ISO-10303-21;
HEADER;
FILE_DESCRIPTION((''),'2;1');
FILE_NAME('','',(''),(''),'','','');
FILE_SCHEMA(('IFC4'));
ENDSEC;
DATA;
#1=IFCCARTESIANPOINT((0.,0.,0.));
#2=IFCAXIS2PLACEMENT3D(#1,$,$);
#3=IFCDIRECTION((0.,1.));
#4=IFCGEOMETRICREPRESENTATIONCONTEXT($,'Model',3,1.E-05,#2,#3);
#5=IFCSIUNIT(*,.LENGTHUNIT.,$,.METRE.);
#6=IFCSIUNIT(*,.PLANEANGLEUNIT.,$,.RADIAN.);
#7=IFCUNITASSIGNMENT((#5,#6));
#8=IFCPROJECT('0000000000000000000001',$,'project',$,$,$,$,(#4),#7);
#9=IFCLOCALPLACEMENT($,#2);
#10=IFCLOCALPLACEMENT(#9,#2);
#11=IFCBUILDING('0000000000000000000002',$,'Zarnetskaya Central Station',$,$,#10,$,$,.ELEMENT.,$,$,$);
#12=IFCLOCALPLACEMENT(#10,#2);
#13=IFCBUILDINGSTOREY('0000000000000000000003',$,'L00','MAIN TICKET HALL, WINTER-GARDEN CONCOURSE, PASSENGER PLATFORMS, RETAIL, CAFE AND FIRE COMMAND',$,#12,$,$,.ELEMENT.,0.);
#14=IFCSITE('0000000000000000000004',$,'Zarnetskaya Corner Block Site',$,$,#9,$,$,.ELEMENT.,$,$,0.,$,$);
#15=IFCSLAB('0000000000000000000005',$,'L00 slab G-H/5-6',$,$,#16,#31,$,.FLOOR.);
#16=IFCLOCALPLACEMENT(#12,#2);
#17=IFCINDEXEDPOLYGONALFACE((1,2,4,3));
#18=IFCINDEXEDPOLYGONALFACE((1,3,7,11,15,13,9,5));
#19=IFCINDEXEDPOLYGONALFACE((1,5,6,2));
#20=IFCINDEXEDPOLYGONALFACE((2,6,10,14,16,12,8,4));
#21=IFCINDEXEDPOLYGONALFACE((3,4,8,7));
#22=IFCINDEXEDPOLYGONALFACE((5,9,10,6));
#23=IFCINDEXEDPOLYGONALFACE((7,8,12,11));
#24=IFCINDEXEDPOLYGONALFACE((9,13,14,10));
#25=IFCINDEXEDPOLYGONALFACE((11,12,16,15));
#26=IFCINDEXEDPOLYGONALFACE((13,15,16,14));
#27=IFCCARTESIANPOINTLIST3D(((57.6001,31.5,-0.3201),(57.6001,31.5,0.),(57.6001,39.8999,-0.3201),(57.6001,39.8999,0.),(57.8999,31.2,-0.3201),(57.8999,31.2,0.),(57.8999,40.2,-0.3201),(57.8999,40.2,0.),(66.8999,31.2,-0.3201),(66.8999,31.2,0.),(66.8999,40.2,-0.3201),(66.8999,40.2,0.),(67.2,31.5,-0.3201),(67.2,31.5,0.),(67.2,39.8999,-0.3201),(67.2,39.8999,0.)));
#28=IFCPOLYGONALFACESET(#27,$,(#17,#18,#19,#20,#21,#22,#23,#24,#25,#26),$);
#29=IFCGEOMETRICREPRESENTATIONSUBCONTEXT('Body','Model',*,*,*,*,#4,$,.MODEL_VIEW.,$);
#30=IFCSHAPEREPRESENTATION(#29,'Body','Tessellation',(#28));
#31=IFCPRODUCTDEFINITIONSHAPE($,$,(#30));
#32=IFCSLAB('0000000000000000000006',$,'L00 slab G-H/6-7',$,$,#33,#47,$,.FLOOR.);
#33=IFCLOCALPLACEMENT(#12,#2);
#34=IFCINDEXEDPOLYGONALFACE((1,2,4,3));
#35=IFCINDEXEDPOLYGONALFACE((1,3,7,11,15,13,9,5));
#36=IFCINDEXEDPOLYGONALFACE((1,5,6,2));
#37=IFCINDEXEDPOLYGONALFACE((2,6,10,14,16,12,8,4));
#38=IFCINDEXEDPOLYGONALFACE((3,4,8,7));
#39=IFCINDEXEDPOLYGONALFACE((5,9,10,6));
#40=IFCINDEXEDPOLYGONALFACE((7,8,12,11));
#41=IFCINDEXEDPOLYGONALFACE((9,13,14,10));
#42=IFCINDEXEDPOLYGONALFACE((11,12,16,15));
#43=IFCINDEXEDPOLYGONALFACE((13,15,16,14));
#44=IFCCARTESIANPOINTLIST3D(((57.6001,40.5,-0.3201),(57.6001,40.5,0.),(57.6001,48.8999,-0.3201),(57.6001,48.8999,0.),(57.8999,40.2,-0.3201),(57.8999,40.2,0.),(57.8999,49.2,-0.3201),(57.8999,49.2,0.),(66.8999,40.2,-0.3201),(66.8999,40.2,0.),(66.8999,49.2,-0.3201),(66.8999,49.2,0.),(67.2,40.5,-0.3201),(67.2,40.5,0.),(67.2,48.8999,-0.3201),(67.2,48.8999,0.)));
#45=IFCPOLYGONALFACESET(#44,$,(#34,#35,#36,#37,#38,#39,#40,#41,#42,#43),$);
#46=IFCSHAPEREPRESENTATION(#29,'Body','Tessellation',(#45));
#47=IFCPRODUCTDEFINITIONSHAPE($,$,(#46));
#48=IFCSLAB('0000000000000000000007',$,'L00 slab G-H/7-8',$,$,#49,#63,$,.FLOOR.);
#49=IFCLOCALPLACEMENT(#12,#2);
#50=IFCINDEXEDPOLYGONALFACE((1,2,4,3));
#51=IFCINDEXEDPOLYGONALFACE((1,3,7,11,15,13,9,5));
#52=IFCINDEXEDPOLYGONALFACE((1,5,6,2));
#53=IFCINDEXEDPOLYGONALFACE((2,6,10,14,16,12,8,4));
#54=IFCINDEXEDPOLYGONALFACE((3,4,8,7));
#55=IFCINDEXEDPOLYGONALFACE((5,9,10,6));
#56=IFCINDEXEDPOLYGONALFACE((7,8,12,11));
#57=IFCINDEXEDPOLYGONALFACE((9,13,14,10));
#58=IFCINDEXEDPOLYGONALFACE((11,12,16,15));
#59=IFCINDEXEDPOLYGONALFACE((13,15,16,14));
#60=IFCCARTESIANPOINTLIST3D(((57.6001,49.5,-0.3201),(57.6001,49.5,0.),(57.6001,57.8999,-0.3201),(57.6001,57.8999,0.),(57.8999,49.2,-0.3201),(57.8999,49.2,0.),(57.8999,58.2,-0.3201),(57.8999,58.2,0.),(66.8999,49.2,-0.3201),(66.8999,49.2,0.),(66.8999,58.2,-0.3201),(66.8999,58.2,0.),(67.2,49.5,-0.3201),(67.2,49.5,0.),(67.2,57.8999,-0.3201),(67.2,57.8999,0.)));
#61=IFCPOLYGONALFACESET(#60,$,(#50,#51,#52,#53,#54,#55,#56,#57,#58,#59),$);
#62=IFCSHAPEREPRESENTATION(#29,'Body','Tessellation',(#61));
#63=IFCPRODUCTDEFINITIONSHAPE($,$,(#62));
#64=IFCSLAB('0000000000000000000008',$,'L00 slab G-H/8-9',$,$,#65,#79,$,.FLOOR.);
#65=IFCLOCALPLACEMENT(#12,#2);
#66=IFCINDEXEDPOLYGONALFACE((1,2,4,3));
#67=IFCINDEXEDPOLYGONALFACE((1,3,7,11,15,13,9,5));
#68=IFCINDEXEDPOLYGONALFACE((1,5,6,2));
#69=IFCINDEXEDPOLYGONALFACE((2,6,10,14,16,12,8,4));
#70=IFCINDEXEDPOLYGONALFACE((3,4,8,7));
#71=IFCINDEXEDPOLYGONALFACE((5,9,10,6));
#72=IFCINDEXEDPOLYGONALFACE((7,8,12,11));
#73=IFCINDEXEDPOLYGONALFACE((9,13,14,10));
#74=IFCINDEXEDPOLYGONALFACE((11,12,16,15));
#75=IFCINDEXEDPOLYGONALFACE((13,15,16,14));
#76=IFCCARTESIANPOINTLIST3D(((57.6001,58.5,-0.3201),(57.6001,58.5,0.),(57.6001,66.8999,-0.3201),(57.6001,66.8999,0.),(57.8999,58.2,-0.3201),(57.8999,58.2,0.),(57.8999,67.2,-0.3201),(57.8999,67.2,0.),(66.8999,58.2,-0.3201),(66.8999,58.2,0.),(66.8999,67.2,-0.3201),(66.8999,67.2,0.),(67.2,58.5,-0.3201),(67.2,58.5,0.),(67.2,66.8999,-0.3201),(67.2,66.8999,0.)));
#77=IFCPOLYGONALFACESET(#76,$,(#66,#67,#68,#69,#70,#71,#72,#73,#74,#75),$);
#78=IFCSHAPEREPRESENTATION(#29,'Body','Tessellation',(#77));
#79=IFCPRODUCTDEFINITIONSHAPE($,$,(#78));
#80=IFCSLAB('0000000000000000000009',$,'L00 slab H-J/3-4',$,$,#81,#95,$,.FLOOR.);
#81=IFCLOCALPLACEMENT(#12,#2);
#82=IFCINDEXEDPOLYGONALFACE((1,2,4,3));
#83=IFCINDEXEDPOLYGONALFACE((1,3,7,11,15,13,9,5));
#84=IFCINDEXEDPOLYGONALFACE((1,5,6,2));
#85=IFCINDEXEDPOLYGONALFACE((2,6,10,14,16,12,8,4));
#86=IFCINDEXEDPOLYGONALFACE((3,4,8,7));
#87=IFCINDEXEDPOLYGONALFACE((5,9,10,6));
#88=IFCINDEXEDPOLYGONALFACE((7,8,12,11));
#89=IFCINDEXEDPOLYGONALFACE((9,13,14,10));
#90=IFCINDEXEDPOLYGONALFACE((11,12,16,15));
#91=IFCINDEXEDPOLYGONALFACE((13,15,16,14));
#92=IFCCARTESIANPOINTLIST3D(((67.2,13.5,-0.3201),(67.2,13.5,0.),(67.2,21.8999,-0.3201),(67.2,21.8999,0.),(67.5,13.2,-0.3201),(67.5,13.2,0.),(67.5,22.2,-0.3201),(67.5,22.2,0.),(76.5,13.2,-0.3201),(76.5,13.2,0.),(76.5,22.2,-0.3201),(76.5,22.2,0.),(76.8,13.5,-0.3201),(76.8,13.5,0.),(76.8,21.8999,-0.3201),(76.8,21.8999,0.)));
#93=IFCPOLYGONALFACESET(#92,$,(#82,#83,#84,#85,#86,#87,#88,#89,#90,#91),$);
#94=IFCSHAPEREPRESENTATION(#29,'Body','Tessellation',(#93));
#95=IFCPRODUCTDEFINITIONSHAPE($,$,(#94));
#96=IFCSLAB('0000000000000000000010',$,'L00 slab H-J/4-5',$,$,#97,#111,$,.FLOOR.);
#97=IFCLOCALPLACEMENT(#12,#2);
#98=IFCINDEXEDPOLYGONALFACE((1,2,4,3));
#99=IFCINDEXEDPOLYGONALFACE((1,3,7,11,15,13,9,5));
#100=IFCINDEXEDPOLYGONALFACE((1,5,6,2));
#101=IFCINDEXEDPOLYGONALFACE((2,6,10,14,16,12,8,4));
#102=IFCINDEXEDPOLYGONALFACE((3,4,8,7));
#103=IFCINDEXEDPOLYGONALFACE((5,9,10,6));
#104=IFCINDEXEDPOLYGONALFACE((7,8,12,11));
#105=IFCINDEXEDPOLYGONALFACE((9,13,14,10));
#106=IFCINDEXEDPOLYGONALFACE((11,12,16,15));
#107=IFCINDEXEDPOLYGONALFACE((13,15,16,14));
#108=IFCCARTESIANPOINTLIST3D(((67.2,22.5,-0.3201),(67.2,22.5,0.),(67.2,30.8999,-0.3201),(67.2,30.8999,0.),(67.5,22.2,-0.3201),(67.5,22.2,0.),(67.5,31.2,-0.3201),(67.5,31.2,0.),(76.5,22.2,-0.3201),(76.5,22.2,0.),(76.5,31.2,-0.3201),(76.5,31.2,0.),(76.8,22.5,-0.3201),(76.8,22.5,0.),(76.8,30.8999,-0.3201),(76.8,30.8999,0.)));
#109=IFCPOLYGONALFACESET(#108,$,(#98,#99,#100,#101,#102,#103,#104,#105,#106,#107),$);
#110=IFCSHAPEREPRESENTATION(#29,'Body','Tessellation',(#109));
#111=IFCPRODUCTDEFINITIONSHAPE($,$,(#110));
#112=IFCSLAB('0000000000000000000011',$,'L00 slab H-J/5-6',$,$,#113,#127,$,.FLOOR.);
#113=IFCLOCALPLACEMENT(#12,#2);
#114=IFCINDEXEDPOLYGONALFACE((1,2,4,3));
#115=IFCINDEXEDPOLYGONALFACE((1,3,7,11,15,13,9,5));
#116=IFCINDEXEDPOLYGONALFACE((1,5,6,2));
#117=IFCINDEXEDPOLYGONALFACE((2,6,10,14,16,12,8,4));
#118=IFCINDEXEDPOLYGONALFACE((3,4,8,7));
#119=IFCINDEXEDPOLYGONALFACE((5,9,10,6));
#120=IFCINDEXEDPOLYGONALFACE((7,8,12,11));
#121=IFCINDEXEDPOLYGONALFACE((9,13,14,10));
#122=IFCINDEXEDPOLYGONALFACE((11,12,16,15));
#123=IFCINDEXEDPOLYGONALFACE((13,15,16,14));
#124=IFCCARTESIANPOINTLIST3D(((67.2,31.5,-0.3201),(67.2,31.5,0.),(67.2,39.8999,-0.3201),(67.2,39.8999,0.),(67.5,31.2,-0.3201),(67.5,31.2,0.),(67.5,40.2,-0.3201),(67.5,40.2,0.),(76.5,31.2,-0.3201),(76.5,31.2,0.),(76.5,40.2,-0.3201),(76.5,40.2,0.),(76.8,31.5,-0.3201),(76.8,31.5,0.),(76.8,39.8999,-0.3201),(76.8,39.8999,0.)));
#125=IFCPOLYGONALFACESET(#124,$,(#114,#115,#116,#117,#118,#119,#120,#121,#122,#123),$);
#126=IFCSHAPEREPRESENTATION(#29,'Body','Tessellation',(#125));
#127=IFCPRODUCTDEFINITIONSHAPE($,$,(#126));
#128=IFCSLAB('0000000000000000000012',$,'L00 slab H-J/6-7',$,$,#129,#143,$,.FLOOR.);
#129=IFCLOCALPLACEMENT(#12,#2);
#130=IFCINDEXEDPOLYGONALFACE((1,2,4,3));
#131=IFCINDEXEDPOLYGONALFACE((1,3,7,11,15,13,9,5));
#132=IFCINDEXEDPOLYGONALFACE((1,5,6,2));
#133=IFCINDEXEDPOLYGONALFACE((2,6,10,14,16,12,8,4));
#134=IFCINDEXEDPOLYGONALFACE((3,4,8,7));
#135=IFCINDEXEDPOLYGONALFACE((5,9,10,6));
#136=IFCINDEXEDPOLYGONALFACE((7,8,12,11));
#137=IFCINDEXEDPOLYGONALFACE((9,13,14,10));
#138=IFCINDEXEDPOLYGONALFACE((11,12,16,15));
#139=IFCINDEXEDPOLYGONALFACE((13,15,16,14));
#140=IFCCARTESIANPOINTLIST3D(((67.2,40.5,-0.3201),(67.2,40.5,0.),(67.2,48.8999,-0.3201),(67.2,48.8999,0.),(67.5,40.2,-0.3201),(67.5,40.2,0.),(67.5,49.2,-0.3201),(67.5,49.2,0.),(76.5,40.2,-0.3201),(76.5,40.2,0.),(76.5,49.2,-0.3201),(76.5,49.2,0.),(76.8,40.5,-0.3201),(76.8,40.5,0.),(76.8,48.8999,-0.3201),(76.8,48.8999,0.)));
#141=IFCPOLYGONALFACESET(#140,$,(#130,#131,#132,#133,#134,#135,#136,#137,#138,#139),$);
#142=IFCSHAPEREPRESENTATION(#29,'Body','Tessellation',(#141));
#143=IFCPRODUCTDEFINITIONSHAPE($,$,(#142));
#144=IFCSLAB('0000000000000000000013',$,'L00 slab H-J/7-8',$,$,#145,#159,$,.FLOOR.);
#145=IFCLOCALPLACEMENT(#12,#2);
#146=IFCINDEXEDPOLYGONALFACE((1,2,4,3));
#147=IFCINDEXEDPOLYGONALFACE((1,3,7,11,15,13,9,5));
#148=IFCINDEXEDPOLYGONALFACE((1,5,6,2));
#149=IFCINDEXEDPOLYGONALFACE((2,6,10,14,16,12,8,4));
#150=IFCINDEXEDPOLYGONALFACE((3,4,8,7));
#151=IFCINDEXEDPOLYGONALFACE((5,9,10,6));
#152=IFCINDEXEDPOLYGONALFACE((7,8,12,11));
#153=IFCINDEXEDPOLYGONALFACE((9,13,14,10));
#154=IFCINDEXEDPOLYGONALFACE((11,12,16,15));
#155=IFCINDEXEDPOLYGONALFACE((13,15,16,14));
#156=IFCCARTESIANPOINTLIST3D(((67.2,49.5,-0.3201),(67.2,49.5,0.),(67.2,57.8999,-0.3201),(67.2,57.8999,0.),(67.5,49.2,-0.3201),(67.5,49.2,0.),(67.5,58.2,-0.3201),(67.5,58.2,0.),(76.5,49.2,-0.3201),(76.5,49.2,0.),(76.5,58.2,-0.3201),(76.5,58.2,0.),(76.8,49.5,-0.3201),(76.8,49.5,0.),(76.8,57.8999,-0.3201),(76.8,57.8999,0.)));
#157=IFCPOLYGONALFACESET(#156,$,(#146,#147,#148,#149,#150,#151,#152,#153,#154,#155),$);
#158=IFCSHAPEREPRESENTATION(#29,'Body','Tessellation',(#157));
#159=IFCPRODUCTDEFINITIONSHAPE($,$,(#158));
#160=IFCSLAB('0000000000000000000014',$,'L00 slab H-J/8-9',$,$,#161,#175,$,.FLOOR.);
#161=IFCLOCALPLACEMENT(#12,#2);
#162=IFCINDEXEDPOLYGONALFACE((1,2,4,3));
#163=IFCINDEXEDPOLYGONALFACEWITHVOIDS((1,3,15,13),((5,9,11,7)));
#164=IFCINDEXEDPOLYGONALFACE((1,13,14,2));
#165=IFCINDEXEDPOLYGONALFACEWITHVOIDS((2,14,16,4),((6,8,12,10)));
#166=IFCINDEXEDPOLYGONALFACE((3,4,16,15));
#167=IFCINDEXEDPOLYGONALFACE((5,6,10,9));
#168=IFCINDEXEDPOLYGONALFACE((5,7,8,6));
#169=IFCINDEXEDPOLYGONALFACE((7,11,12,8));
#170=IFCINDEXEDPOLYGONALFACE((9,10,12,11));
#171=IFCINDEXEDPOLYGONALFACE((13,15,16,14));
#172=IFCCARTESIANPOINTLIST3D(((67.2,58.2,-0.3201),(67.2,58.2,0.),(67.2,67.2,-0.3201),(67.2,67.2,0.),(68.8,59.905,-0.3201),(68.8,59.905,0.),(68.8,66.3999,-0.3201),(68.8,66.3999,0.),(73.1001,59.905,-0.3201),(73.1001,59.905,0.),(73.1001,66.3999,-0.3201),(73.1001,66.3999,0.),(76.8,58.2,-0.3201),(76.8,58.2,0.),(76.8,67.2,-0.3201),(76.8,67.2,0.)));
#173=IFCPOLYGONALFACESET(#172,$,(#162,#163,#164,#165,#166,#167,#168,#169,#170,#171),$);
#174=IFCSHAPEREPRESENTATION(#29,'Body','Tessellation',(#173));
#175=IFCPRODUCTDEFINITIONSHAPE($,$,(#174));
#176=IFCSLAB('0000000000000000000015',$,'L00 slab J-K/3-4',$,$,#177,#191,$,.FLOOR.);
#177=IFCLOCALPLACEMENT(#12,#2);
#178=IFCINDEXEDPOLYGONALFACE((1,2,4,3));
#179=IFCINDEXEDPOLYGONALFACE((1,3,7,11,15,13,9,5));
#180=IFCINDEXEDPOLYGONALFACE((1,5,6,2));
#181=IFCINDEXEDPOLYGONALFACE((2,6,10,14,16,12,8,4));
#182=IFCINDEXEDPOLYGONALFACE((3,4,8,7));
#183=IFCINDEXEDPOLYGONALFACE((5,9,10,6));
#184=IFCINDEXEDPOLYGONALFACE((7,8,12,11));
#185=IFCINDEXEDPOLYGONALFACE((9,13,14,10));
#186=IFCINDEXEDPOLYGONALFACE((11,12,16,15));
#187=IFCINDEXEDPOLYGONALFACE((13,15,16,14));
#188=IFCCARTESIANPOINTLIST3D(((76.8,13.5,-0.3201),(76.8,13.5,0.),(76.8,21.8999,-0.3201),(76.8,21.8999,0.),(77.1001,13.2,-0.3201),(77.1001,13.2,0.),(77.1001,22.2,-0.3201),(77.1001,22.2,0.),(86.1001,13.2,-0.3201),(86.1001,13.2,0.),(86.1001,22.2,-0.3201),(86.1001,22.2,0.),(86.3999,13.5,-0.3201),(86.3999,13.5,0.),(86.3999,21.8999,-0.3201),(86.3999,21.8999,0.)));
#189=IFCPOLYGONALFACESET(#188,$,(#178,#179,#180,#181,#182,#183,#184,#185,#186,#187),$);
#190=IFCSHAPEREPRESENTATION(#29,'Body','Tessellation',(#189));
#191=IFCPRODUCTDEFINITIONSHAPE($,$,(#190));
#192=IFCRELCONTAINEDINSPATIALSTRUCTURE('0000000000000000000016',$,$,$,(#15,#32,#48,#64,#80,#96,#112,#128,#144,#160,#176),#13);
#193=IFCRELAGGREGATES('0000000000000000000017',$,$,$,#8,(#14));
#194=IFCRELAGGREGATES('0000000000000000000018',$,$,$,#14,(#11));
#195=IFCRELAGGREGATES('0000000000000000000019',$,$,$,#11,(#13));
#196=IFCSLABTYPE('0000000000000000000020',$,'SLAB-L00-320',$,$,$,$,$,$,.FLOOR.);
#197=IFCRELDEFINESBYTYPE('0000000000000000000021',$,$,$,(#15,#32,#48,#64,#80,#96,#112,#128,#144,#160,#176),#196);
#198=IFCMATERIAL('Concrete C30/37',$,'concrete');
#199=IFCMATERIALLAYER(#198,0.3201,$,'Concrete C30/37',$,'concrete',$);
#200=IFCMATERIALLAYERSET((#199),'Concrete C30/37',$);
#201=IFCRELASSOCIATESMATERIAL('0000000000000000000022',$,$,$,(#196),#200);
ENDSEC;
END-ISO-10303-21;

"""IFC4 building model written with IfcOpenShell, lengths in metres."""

from ifc_helpers import new_model, si_unit, direction, frame, origin, place, context, subcontext, project, spatial, polyline, outline, extrude, material, layer, layer_set, type_object, element, save


model = new_model("IFC4")

# Units and contexts
model_context = context("Model", 3, precision=1e-05, world=origin(), true_north=direction((0.0, 1.0)))
body_context = subcontext(model_context, "Body", "Model", "MODEL_VIEW")
ifc_project = project(units=[si_unit("LENGTHUNIT", "METRE"), si_unit("PLANEANGLEUNIT", "RADIAN")], contexts=[model_context])

# Site, building, storey
site_placement = place(None, origin())
site = spatial("IfcSite", under=ifc_project, at=site_placement, Name="Zarnetskaya Corner Block Site", CompositionType="ELEMENT", RefElevation=0.0)
building_placement = place(site_placement, origin())
building = spatial("IfcBuilding", under=site, at=building_placement, Name="Zarnetskaya Central Station", CompositionType="ELEMENT")
storey_placement = place(building_placement, origin())
storey = spatial("IfcBuildingStorey", under=building, at=storey_placement, Name="L00", Description="MAIN TICKET HALL, WINTER-GARDEN CONCOURSE, PASSENGER PLATFORMS, RETAIL, CAFE AND FIRE COMMAND", CompositionType="ELEMENT", Elevation=0.0)

# Slabs
ifc_material = material(Name="Concrete C30/37", Category="concrete")
ifc_layer = layer(ifc_material, 0.3201, Name="Concrete C30/37", Category="concrete")
ifc_layer_set = layer_set([ifc_layer], Name="Concrete C30/37")
slab_type = type_object("IfcSlabType", Name="SLAB-L00-320", PredefinedType="FLOOR", material=ifc_layer_set)
slab_1_placement = place(storey_placement, frame((0.0, 0.0, -0.3201)))
element("IfcSlab", 1, at=slab_1_placement, inside=storey, type_object=slab_type, Name="L00 slab G-H/5-6", PredefinedType="FLOOR", context=body_context, shape_type="SweptSolid", body=[
    extrude(outline(polyline([(57.8999, 31.2), (66.8999, 31.2), (67.2, 31.5), (67.2, 39.8999), (66.8999, 40.2), (57.8999, 40.2), (57.6001, 39.8999), (57.6001, 31.5), (57.8999, 31.2)])), origin(), (0.0, 0.0, 1.0), 0.3201),
])
slab_2_placement = place(storey_placement, frame((0.0, 0.0, -0.3201)))
element("IfcSlab", 2, at=slab_2_placement, inside=storey, type_object=slab_type, Name="L00 slab G-H/6-7", PredefinedType="FLOOR", context=body_context, shape_type="SweptSolid", body=[
    extrude(outline(polyline([(57.8999, 40.2), (66.8999, 40.2), (67.2, 40.5), (67.2, 48.8999), (66.8999, 49.2), (57.8999, 49.2), (57.6001, 48.8999), (57.6001, 40.5), (57.8999, 40.2)])), origin(), (0.0, 0.0, 1.0), 0.3201),
])
slab_3_placement = place(storey_placement, frame((0.0, 0.0, -0.3201)))
element("IfcSlab", 3, at=slab_3_placement, inside=storey, type_object=slab_type, Name="L00 slab G-H/7-8", PredefinedType="FLOOR", context=body_context, shape_type="SweptSolid", body=[
    extrude(outline(polyline([(57.8999, 49.2), (66.8999, 49.2), (67.2, 49.5), (67.2, 57.8999), (66.8999, 58.2), (57.8999, 58.2), (57.6001, 57.8999), (57.6001, 49.5), (57.8999, 49.2)])), origin(), (0.0, 0.0, 1.0), 0.3201),
])
slab_4_placement = place(storey_placement, frame((0.0, 0.0, -0.3201)))
element("IfcSlab", 4, at=slab_4_placement, inside=storey, type_object=slab_type, Name="L00 slab G-H/8-9", PredefinedType="FLOOR", context=body_context, shape_type="SweptSolid", body=[
    extrude(outline(polyline([(57.8999, 58.2), (66.8999, 58.2), (67.2, 58.5), (67.2, 66.8999), (66.8999, 67.2), (57.8999, 67.2), (57.6001, 66.8999), (57.6001, 58.5), (57.8999, 58.2)])), origin(), (0.0, 0.0, 1.0), 0.3201),
])
slab_5_placement = place(storey_placement, frame((0.0, 0.0, -0.3201)))
element("IfcSlab", 5, at=slab_5_placement, inside=storey, type_object=slab_type, Name="L00 slab H-J/3-4", PredefinedType="FLOOR", context=body_context, shape_type="SweptSolid", body=[
    extrude(outline(polyline([(67.5, 13.2), (76.5, 13.2), (76.8, 13.5), (76.8, 21.8999), (76.5, 22.2), (67.5, 22.2), (67.2, 21.8999), (67.2, 13.5), (67.5, 13.2)])), origin(), (0.0, 0.0, 1.0), 0.3201),
])
slab_6_placement = place(storey_placement, frame((0.0, 0.0, -0.3201)))
element("IfcSlab", 6, at=slab_6_placement, inside=storey, type_object=slab_type, Name="L00 slab H-J/4-5", PredefinedType="FLOOR", context=body_context, shape_type="SweptSolid", body=[
    extrude(outline(polyline([(67.5, 22.2), (76.5, 22.2), (76.8, 22.5), (76.8, 30.8999), (76.5, 31.2), (67.5, 31.2), (67.2, 30.8999), (67.2, 22.5), (67.5, 22.2)])), origin(), (0.0, 0.0, 1.0), 0.3201),
])
slab_7_placement = place(storey_placement, frame((0.0, 0.0, -0.3201)))
element("IfcSlab", 7, at=slab_7_placement, inside=storey, type_object=slab_type, Name="L00 slab H-J/5-6", PredefinedType="FLOOR", context=body_context, shape_type="SweptSolid", body=[
    extrude(outline(polyline([(67.5, 31.2), (76.5, 31.2), (76.8, 31.5), (76.8, 39.8999), (76.5, 40.2), (67.5, 40.2), (67.2, 39.8999), (67.2, 31.5), (67.5, 31.2)])), origin(), (0.0, 0.0, 1.0), 0.3201),
])
slab_8_placement = place(storey_placement, frame((0.0, 0.0, -0.3201)))
element("IfcSlab", 8, at=slab_8_placement, inside=storey, type_object=slab_type, Name="L00 slab H-J/6-7", PredefinedType="FLOOR", context=body_context, shape_type="SweptSolid", body=[
    extrude(outline(polyline([(67.5, 40.2), (76.5, 40.2), (76.8, 40.5), (76.8, 48.8999), (76.5, 49.2), (67.5, 49.2), (67.2, 48.8999), (67.2, 40.5), (67.5, 40.2)])), origin(), (0.0, 0.0, 1.0), 0.3201),
])
slab_9_placement = place(storey_placement, frame((0.0, 0.0, -0.3201)))
element("IfcSlab", 9, at=slab_9_placement, inside=storey, type_object=slab_type, Name="L00 slab H-J/7-8", PredefinedType="FLOOR", context=body_context, shape_type="SweptSolid", body=[
    extrude(outline(polyline([(67.5, 49.2), (76.5, 49.2), (76.8, 49.5), (76.8, 57.8999), (76.5, 58.2), (67.5, 58.2), (67.2, 57.8999), (67.2, 49.5), (67.5, 49.2)])), origin(), (0.0, 0.0, 1.0), 0.3201),
])
slab_10_placement = place(storey_placement, frame((0.0, 0.0, -0.3201)))
element("IfcSlab", 10, at=slab_10_placement, inside=storey, type_object=slab_type, Name="L00 slab H-J/8-9", PredefinedType="FLOOR", context=body_context, shape_type="SweptSolid", body=[
    extrude(outline(polyline([(67.2, 58.2), (76.8, 58.2), (76.8, 67.2), (67.2, 67.2), (67.2, 58.2)]), holes=[polyline([(68.8, 59.905), (73.1001, 59.905), (73.1001, 66.3999), (68.8, 66.3999), (68.8, 59.905)])]), origin(), (0.0, 0.0, 1.0), 0.3201),
])
slab_11_placement = place(storey_placement, frame((0.0, 0.0, -0.3201)))
element("IfcSlab", 11, at=slab_11_placement, inside=storey, type_object=slab_type, Name="L00 slab J-K/3-4", PredefinedType="FLOOR", context=body_context, shape_type="SweptSolid", body=[
    extrude(outline(polyline([(77.1001, 13.2), (86.1001, 13.2), (86.3999, 13.5), (86.3999, 21.8999), (86.1001, 22.2), (77.1001, 22.2), (76.8, 21.8999), (76.8, 13.5), (77.1001, 13.2)])), origin(), (0.0, 0.0, 1.0), 0.3201),
])

save(model, "model.ifc")
